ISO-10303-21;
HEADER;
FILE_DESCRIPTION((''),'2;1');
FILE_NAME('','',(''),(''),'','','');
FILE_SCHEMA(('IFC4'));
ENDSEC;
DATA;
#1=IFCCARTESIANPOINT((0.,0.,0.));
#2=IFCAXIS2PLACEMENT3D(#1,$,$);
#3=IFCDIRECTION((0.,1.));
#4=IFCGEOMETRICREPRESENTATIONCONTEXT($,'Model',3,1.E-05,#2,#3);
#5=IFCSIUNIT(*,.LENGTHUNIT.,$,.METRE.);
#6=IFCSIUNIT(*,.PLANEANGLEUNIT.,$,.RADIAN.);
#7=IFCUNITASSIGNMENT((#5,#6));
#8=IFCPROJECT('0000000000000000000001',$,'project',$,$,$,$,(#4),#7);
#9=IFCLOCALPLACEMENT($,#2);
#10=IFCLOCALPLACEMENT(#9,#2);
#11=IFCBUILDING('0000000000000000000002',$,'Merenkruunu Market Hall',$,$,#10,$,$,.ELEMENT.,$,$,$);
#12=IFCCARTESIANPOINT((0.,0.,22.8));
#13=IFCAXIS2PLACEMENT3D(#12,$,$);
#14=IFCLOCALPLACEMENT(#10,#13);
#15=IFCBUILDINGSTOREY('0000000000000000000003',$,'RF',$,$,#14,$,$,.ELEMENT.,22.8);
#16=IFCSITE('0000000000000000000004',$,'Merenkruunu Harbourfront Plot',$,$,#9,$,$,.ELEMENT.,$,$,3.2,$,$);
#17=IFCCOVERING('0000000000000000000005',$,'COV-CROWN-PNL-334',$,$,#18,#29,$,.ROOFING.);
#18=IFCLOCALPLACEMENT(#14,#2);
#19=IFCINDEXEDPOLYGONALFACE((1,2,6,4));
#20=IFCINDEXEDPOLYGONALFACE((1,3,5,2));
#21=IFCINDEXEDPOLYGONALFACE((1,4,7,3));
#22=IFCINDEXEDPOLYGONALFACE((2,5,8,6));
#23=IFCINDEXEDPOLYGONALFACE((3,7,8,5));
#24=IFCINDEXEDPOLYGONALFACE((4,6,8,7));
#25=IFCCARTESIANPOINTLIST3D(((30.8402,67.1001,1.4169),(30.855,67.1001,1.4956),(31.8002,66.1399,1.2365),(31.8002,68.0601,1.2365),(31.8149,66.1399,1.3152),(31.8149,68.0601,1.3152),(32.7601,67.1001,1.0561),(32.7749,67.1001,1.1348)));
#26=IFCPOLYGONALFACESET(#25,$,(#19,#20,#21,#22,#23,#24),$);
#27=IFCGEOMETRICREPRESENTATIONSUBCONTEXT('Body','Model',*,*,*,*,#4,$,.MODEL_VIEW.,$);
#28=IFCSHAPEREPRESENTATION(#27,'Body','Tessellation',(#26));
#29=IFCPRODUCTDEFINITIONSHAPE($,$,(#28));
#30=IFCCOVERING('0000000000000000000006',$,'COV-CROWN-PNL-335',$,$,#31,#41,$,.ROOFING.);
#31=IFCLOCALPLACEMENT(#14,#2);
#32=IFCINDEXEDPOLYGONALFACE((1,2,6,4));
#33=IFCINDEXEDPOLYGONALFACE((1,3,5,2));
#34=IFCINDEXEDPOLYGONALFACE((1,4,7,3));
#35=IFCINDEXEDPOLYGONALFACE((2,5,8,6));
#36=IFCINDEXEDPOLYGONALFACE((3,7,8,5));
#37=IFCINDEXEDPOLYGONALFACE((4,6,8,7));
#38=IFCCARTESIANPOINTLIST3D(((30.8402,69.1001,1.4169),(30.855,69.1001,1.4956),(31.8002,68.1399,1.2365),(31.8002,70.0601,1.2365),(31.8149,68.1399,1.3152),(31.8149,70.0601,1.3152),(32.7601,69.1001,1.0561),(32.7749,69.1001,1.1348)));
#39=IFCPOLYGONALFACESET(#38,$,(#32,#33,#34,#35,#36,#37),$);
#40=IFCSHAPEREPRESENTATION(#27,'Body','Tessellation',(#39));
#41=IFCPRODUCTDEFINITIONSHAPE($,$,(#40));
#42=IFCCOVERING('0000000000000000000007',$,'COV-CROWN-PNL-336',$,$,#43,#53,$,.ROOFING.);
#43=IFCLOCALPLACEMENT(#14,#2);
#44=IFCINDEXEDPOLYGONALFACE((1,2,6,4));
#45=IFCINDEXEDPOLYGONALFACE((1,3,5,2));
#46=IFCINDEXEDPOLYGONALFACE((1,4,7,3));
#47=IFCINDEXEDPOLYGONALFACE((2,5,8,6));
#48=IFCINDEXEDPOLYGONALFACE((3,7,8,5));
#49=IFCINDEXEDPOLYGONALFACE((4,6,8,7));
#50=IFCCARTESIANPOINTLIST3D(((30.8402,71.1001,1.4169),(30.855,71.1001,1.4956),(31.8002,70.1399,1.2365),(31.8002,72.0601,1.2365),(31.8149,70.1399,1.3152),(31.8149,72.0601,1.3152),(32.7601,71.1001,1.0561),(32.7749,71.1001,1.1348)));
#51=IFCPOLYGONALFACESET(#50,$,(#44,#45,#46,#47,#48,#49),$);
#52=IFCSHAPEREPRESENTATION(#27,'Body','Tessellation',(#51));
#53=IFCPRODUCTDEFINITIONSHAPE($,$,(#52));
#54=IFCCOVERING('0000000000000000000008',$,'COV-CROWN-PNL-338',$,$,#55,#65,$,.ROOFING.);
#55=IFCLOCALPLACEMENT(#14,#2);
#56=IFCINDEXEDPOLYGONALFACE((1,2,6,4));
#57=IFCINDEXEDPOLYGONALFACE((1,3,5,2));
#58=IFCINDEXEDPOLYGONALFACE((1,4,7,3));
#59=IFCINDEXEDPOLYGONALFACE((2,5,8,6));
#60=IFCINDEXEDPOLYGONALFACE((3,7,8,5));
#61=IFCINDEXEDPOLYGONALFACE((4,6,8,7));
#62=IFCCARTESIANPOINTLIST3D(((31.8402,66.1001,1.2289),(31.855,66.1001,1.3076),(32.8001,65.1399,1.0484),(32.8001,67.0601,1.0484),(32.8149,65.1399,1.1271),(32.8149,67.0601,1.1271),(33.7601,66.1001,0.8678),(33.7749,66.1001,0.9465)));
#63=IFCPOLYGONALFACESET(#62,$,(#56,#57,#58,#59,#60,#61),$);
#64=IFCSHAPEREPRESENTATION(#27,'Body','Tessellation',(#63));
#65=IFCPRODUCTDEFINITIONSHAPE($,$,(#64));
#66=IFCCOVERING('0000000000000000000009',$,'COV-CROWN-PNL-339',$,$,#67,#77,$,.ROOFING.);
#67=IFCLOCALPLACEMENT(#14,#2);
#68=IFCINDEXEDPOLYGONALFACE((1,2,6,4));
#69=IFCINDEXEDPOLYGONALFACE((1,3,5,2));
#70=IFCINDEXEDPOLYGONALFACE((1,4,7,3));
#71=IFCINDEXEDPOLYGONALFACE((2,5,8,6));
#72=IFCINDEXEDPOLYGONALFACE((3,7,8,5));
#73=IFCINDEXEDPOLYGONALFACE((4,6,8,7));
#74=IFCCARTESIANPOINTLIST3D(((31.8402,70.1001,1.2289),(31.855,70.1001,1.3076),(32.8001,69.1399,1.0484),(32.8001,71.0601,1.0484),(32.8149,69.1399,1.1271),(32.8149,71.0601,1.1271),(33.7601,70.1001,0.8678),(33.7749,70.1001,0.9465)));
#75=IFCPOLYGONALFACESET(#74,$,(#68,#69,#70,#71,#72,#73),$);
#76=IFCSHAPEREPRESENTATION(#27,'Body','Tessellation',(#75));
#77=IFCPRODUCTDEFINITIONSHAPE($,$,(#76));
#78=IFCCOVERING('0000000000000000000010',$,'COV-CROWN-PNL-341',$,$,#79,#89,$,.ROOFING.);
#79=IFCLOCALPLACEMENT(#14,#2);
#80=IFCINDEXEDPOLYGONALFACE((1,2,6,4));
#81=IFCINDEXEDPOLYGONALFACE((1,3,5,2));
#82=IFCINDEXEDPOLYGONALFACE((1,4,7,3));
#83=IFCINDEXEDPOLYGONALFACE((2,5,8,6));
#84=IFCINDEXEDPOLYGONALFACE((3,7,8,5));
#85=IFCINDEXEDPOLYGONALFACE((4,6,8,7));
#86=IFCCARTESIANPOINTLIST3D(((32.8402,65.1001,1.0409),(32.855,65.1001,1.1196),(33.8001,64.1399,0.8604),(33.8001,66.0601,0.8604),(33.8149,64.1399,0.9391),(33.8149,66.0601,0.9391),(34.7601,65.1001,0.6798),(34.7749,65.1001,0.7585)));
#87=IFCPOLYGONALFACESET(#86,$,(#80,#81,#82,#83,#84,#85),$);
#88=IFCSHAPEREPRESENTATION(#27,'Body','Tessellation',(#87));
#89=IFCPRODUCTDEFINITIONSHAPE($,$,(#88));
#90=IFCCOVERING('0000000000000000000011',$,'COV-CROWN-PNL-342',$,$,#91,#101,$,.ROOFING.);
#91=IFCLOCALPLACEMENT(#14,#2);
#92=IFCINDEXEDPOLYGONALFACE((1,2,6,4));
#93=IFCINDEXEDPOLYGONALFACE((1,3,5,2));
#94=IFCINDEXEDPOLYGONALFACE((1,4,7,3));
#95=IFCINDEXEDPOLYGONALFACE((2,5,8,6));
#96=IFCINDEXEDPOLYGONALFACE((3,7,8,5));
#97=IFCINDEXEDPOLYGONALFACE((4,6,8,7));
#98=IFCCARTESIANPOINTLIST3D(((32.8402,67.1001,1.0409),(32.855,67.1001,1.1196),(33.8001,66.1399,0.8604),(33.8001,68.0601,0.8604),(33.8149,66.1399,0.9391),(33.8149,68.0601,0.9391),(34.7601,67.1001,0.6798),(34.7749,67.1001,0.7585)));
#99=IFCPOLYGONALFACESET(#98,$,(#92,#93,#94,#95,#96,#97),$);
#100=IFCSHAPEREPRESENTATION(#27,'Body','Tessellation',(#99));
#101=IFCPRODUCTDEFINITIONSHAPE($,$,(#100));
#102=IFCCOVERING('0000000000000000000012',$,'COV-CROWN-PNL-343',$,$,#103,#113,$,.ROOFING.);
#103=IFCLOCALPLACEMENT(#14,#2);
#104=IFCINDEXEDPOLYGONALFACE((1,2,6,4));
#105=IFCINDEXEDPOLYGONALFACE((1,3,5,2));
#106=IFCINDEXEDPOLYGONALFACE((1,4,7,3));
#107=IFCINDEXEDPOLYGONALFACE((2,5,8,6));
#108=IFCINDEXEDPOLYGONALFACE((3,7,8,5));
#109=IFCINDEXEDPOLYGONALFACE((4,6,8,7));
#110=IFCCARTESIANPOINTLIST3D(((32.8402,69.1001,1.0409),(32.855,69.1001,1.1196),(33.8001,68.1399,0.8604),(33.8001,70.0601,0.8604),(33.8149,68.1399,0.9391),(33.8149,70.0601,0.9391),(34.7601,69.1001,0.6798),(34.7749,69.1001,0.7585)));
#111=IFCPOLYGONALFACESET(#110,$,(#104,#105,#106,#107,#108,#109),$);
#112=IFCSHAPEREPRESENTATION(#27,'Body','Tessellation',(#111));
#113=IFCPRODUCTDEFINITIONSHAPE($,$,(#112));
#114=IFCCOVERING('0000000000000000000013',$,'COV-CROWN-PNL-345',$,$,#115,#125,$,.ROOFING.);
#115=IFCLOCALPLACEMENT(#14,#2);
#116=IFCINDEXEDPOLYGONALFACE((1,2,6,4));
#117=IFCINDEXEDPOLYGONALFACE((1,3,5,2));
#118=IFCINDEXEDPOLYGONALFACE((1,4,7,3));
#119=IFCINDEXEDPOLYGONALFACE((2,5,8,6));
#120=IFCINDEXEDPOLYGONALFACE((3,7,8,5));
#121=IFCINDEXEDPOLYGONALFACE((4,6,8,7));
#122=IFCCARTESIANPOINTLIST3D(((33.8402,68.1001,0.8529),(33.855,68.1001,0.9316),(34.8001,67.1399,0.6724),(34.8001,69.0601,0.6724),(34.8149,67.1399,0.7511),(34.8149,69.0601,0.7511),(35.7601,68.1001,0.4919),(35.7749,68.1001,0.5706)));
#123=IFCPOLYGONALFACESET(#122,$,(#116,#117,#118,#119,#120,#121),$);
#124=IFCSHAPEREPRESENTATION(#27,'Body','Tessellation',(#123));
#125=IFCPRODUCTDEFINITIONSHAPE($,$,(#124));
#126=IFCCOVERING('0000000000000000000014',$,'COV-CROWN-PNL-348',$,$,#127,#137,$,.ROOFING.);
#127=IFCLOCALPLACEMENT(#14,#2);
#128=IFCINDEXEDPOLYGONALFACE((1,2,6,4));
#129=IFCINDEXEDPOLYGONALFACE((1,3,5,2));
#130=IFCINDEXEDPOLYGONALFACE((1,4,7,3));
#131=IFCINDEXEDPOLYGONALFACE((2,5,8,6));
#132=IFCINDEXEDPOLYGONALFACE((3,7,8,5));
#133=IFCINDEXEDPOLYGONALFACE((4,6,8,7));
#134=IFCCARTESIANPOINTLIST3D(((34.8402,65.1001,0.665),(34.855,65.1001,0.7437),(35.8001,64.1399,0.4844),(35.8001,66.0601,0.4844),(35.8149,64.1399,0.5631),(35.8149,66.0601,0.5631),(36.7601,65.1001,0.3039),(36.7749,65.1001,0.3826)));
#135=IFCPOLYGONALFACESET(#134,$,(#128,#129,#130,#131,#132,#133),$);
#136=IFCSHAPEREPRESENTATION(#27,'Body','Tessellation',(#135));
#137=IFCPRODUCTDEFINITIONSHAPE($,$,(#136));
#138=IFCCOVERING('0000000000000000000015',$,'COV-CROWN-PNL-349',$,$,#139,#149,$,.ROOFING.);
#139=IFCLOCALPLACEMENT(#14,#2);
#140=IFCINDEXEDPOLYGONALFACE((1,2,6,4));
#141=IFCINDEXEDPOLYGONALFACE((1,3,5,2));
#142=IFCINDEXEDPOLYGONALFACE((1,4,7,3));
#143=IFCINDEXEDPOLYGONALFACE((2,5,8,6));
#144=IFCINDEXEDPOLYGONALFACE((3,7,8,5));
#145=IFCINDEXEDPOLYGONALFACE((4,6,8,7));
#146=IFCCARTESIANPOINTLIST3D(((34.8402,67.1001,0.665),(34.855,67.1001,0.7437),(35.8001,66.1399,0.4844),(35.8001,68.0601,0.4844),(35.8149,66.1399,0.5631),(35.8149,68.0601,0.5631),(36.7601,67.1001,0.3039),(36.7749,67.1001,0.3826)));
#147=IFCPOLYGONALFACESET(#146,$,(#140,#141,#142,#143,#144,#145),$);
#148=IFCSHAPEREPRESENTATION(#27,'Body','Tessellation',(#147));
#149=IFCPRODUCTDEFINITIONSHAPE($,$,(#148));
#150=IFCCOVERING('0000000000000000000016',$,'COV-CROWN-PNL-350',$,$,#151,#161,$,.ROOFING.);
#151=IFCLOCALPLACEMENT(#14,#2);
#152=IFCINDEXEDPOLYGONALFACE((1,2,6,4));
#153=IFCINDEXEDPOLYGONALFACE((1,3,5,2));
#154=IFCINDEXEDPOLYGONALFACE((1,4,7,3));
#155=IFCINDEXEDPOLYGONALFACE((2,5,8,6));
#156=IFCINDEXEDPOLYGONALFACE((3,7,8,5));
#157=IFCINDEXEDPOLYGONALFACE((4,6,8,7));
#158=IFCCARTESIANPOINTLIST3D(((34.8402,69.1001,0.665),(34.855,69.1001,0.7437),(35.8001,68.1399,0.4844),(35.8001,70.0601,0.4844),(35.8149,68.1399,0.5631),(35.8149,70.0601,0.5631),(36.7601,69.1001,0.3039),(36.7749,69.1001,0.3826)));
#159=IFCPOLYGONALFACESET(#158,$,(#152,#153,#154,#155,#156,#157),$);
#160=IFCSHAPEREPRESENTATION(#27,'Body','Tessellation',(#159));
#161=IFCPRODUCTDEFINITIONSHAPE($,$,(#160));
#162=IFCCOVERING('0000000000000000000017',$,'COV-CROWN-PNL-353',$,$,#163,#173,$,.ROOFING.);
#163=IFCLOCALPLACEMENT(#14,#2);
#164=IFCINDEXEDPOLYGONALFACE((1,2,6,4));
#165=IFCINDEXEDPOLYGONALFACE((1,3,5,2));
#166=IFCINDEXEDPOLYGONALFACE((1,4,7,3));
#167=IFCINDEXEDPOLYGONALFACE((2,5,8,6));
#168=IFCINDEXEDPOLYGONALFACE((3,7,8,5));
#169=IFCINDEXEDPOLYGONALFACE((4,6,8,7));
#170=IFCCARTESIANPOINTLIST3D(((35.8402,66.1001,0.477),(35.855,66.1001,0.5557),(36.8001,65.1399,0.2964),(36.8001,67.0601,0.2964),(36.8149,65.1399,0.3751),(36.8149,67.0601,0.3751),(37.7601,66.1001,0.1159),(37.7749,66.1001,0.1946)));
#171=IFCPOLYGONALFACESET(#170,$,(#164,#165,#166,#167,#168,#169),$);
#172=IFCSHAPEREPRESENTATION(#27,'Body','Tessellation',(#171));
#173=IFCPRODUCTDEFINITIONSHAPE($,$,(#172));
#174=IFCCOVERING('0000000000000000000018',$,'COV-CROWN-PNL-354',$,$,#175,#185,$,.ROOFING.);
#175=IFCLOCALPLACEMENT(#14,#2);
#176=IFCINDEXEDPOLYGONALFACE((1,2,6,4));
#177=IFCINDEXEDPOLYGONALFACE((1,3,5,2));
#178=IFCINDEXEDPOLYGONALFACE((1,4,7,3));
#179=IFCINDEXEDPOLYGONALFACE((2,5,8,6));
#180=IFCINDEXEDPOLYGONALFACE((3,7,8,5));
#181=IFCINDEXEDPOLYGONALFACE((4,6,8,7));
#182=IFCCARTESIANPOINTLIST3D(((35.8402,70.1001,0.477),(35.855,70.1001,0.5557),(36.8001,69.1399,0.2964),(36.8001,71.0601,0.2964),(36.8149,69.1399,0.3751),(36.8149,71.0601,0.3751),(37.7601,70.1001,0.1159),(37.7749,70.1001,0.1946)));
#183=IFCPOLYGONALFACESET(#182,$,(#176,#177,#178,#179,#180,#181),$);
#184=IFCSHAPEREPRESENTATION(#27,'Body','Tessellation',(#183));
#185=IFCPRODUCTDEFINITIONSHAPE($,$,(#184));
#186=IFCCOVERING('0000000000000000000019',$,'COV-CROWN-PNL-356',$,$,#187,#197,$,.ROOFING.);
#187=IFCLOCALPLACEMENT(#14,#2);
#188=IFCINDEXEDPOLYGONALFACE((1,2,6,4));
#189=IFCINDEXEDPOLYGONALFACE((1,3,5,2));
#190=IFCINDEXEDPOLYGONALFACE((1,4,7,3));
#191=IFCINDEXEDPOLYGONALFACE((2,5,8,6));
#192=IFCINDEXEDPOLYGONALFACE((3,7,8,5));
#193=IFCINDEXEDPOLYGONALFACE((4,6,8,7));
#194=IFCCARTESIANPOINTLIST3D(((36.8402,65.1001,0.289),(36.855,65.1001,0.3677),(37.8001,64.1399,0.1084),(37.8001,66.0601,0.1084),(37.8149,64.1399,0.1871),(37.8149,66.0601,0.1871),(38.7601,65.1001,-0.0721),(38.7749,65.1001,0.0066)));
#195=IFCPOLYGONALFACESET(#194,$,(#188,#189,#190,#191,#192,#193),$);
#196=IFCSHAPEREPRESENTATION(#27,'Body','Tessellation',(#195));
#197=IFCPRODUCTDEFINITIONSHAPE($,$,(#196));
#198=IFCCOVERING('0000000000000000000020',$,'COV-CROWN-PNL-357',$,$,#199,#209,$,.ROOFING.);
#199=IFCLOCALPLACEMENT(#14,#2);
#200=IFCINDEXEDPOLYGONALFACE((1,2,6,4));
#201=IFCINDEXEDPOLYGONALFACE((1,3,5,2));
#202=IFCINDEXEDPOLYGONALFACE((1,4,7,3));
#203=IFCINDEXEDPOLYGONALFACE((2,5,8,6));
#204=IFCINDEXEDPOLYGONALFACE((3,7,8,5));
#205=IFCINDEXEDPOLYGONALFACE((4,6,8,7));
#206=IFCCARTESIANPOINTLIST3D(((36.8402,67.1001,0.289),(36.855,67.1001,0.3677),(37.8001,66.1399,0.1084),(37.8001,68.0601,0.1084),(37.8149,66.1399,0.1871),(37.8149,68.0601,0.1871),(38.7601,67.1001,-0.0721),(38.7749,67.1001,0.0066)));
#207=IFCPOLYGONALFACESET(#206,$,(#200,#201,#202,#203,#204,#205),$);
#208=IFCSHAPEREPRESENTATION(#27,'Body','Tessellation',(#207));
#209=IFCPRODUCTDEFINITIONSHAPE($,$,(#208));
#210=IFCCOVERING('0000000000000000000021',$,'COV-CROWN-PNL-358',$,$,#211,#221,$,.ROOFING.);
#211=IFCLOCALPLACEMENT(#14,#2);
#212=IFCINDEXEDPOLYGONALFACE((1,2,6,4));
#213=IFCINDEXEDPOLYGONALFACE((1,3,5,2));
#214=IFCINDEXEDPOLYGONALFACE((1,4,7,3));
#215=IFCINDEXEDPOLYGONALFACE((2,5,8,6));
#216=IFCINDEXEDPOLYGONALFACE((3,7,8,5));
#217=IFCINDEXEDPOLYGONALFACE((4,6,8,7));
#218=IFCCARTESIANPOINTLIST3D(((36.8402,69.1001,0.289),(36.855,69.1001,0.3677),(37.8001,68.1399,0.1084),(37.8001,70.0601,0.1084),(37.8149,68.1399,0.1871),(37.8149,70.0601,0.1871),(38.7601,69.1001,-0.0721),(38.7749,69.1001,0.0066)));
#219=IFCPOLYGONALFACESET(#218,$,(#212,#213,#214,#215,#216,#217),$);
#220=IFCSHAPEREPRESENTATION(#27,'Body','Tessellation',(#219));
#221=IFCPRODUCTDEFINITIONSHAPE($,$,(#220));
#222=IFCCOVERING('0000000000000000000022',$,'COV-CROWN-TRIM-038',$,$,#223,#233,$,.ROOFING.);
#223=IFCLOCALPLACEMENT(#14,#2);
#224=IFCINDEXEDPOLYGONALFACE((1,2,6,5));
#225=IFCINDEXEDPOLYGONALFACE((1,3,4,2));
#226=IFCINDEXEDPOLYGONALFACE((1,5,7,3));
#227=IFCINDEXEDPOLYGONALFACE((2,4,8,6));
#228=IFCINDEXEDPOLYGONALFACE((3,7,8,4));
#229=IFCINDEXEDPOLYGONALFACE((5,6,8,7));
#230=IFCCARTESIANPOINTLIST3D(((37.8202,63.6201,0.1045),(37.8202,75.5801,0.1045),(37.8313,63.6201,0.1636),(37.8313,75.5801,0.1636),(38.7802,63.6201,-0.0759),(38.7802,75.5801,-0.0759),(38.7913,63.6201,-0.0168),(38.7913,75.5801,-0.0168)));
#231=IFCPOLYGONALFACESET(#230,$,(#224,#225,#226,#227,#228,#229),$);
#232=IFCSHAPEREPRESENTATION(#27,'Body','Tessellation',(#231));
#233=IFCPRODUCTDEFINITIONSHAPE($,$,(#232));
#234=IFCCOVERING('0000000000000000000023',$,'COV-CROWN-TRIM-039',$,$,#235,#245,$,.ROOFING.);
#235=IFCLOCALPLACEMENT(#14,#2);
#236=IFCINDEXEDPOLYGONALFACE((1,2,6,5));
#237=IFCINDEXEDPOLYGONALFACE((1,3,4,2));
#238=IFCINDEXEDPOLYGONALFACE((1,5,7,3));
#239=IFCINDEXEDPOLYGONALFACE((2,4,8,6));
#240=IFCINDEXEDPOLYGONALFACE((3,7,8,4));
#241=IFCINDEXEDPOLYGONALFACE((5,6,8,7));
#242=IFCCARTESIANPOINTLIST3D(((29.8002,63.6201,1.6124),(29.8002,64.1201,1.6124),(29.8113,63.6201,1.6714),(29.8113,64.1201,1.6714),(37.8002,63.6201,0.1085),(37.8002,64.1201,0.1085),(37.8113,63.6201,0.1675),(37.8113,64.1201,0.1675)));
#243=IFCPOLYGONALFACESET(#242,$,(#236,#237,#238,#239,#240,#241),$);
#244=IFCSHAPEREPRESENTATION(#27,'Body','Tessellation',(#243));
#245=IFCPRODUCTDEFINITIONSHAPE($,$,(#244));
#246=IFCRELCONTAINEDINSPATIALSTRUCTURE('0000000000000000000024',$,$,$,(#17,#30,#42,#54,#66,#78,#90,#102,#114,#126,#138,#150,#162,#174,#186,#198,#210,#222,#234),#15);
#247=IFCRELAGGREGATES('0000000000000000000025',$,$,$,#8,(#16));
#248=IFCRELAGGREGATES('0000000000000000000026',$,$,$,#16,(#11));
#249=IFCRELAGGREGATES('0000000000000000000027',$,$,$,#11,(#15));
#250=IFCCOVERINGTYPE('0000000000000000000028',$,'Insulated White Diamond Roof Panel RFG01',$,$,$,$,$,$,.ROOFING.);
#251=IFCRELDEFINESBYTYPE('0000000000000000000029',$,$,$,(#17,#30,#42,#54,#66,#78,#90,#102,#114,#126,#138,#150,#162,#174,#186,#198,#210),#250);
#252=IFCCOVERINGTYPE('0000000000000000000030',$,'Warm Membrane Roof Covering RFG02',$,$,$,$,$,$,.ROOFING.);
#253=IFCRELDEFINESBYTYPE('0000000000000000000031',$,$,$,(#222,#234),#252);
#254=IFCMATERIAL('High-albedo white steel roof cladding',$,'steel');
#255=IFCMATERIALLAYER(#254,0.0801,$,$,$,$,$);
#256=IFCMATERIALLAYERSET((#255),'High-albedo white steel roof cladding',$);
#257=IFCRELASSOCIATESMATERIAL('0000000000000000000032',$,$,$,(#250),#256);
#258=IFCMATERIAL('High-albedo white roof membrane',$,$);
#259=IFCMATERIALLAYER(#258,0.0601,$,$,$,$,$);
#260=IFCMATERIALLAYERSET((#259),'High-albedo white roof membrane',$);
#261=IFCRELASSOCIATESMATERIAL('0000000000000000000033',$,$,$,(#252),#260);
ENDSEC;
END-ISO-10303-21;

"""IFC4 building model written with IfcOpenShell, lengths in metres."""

from ifc_helpers import new_model, si_unit, direction, frame, origin, place, context, subcontext, project, spatial, polyline, outline, extrude, material, layer, layer_set, type_object, element, save


model = new_model("IFC4")

# Units and contexts
model_context = context("Model", 3, precision=1e-05, world=origin(), true_north=direction((0.0, 1.0)))
body_context = subcontext(model_context, "Body", "Model", "MODEL_VIEW")
ifc_project = project(units=[si_unit("LENGTHUNIT", "METRE"), si_unit("PLANEANGLEUNIT", "RADIAN")], contexts=[model_context])

# Site, building, storey
site_placement = place(None, origin())
site = spatial("IfcSite", under=ifc_project, at=site_placement, Name="Merenkruunu Harbourfront Plot", CompositionType="ELEMENT", RefElevation=3.2)
building_placement = place(site_placement, origin())
building = spatial("IfcBuilding", under=site, at=building_placement, Name="Merenkruunu Market Hall", CompositionType="ELEMENT")
storey_placement = place(building_placement, frame((0.0, 0.0, 22.8)))
storey = spatial("IfcBuildingStorey", under=building, at=storey_placement, Name="RF", CompositionType="ELEMENT", Elevation=22.8)

# Coverings
ifc_material_1 = material(Name="High-albedo white steel roof cladding", Category="steel")
ifc_layer_1 = layer(ifc_material_1, 0.0801)
ifc_layer_set_1 = layer_set([ifc_layer_1], Name="High-albedo white steel roof cladding")
covering_type_1 = type_object("IfcCoveringType", Name="Insulated White Diamond Roof Panel RFG01", PredefinedType="ROOFING", material=ifc_layer_set_1)
for number, where, z_axis, x_axis, name in (
    (1, (30.855, 67.1001, 1.4956), (0.184711, 0.0, 0.982793), (0.700856, -0.701035, -0.131722), "COV-CROWN-PNL-334"),
    (2, (30.855, 69.1001, 1.4956), (0.184711, 0.0, 0.982793), (0.700856, -0.701035, -0.131722), "COV-CROWN-PNL-335"),
    (3, (30.855, 71.1001, 1.4956), (0.184711, 0.0, 0.982793), (0.700856, -0.701035, -0.131722), "COV-CROWN-PNL-336"),
):
    element("IfcCovering", number, at=place(storey_placement, frame(where, z_axis=z_axis, x_axis=x_axis)), inside=storey, type_object=covering_type_1, Name=name, PredefinedType="ROOFING", context=body_context, shape_type="SweptSolid", body=[
        extrude(outline(polyline([(0.0, 0.0), (1.3697, 0.0), (1.3931, 1.3695), (0.0236, 1.3693), (0.0, 0.0)])), origin(), (0.0, 0.0, -1.0), 0.0801),
    ])
for number, where, z_axis, x_axis, name in (
    (4, (31.855, 66.1001, 1.3076), (0.184832, 0.0, 0.98277), (0.70084, -0.701035, -0.131809), "COV-CROWN-PNL-338"),
    (5, (31.855, 70.1001, 1.3076), (0.184832, 0.0, 0.98277), (0.70084, -0.701035, -0.131809), "COV-CROWN-PNL-339"),
    (6, (32.855, 65.1001, 1.1196), (0.184832, 0.0, 0.98277), (0.70084, -0.701035, -0.131809), "COV-CROWN-PNL-341"),
    (7, (32.855, 67.1001, 1.1196), (0.184832, 0.0, 0.98277), (0.70084, -0.701035, -0.131809), "COV-CROWN-PNL-342"),
    (8, (32.855, 69.1001, 1.1196), (0.184832, 0.0, 0.98277), (0.70084, -0.701035, -0.131809), "COV-CROWN-PNL-343"),
    (9, (33.855, 68.1001, 0.9316), (0.184832, 0.0, 0.98277), (0.70084, -0.701035, -0.131809), "COV-CROWN-PNL-345"),
    (10, (34.855, 65.1001, 0.7437), (0.184832, 0.0, 0.98277), (0.70084, -0.701035, -0.131809), "COV-CROWN-PNL-348"),
    (11, (34.855, 67.1001, 0.7437), (0.184832, 0.0, 0.98277), (0.70084, -0.701035, -0.131809), "COV-CROWN-PNL-349"),
    (12, (34.855, 69.1001, 0.7437), (0.184832, 0.0, 0.98277), (0.70084, -0.701035, -0.131809), "COV-CROWN-PNL-350"),
    (13, (35.855, 66.1001, 0.5557), (0.184832, 0.0, 0.98277), (0.70084, -0.701035, -0.131809), "COV-CROWN-PNL-353"),
    (14, (35.855, 70.1001, 0.5557), (0.184832, 0.0, 0.98277), (0.70084, -0.701035, -0.131809), "COV-CROWN-PNL-354"),
    (15, (36.855, 65.1001, 0.3677), (0.184832, 0.0, 0.98277), (0.70084, -0.701035, -0.131809), "COV-CROWN-PNL-356"),
    (16, (36.855, 67.1001, 0.3677), (0.184832, 0.0, 0.98277), (0.70084, -0.701035, -0.131809), "COV-CROWN-PNL-357"),
    (17, (36.855, 69.1001, 0.3677), (0.184832, 0.0, 0.98277), (0.70084, -0.701035, -0.131809), "COV-CROWN-PNL-358"),
):
    element("IfcCovering", number, at=place(storey_placement, frame(where, z_axis=z_axis, x_axis=x_axis)), inside=storey, type_object=covering_type_1, Name=name, PredefinedType="ROOFING", context=body_context, shape_type="SweptSolid", body=[
        extrude(outline(polyline([(0.0, 0.0), (1.3697, 0.0), (1.3932, 1.3695), (0.0236, 1.3693), (0.0, 0.0)])), origin(), (0.0, 0.0, -1.0), 0.0801),
    ])
ifc_material_2 = material(Name="High-albedo white roof membrane")
ifc_layer_2 = layer(ifc_material_2, 0.0601)
ifc_layer_set_2 = layer_set([ifc_layer_2], Name="High-albedo white roof membrane")
covering_type_2 = type_object("IfcCoveringType", Name="Warm Membrane Roof Covering RFG02", PredefinedType="ROOFING", material=ifc_layer_set_2)
covering_1_placement = place(storey_placement, frame((37.8313, 63.6201, 0.1636), z_axis=(0.184711, 0.0, 0.982793), x_axis=(0.982793, 0.0, -0.184711)))
element("IfcCovering", 18, at=covering_1_placement, inside=storey, type_object=covering_type_2, Name="COV-CROWN-TRIM-038", PredefinedType="ROOFING", context=body_context, shape_type="SweptSolid", body=[
    extrude(outline(polyline([(0.0, 0.0), (0.9768, 0.0), (0.9768, 11.96), (0.0, 11.96), (0.0, 0.0)])), origin(), (0.0, 0.0, -1.0), 0.0601),
])
covering_2_placement = place(storey_placement, frame((29.8113, 63.6201, 1.6714), z_axis=(0.184752, 0.0, 0.982785), x_axis=(0.982785, 0.0, -0.184752)))
element("IfcCovering", 19, at=covering_2_placement, inside=storey, type_object=covering_type_2, Name="COV-CROWN-TRIM-039", PredefinedType="ROOFING", context=body_context, shape_type="SweptSolid", body=[
    extrude(outline(polyline([(0.0, 0.0), (8.1401, 0.0), (8.1401, 0.5), (0.0, 0.5), (0.0, 0.0)])), origin(), (0.0, 0.0, -1.0), 0.0601),
])

save(model, "model.ifc")
